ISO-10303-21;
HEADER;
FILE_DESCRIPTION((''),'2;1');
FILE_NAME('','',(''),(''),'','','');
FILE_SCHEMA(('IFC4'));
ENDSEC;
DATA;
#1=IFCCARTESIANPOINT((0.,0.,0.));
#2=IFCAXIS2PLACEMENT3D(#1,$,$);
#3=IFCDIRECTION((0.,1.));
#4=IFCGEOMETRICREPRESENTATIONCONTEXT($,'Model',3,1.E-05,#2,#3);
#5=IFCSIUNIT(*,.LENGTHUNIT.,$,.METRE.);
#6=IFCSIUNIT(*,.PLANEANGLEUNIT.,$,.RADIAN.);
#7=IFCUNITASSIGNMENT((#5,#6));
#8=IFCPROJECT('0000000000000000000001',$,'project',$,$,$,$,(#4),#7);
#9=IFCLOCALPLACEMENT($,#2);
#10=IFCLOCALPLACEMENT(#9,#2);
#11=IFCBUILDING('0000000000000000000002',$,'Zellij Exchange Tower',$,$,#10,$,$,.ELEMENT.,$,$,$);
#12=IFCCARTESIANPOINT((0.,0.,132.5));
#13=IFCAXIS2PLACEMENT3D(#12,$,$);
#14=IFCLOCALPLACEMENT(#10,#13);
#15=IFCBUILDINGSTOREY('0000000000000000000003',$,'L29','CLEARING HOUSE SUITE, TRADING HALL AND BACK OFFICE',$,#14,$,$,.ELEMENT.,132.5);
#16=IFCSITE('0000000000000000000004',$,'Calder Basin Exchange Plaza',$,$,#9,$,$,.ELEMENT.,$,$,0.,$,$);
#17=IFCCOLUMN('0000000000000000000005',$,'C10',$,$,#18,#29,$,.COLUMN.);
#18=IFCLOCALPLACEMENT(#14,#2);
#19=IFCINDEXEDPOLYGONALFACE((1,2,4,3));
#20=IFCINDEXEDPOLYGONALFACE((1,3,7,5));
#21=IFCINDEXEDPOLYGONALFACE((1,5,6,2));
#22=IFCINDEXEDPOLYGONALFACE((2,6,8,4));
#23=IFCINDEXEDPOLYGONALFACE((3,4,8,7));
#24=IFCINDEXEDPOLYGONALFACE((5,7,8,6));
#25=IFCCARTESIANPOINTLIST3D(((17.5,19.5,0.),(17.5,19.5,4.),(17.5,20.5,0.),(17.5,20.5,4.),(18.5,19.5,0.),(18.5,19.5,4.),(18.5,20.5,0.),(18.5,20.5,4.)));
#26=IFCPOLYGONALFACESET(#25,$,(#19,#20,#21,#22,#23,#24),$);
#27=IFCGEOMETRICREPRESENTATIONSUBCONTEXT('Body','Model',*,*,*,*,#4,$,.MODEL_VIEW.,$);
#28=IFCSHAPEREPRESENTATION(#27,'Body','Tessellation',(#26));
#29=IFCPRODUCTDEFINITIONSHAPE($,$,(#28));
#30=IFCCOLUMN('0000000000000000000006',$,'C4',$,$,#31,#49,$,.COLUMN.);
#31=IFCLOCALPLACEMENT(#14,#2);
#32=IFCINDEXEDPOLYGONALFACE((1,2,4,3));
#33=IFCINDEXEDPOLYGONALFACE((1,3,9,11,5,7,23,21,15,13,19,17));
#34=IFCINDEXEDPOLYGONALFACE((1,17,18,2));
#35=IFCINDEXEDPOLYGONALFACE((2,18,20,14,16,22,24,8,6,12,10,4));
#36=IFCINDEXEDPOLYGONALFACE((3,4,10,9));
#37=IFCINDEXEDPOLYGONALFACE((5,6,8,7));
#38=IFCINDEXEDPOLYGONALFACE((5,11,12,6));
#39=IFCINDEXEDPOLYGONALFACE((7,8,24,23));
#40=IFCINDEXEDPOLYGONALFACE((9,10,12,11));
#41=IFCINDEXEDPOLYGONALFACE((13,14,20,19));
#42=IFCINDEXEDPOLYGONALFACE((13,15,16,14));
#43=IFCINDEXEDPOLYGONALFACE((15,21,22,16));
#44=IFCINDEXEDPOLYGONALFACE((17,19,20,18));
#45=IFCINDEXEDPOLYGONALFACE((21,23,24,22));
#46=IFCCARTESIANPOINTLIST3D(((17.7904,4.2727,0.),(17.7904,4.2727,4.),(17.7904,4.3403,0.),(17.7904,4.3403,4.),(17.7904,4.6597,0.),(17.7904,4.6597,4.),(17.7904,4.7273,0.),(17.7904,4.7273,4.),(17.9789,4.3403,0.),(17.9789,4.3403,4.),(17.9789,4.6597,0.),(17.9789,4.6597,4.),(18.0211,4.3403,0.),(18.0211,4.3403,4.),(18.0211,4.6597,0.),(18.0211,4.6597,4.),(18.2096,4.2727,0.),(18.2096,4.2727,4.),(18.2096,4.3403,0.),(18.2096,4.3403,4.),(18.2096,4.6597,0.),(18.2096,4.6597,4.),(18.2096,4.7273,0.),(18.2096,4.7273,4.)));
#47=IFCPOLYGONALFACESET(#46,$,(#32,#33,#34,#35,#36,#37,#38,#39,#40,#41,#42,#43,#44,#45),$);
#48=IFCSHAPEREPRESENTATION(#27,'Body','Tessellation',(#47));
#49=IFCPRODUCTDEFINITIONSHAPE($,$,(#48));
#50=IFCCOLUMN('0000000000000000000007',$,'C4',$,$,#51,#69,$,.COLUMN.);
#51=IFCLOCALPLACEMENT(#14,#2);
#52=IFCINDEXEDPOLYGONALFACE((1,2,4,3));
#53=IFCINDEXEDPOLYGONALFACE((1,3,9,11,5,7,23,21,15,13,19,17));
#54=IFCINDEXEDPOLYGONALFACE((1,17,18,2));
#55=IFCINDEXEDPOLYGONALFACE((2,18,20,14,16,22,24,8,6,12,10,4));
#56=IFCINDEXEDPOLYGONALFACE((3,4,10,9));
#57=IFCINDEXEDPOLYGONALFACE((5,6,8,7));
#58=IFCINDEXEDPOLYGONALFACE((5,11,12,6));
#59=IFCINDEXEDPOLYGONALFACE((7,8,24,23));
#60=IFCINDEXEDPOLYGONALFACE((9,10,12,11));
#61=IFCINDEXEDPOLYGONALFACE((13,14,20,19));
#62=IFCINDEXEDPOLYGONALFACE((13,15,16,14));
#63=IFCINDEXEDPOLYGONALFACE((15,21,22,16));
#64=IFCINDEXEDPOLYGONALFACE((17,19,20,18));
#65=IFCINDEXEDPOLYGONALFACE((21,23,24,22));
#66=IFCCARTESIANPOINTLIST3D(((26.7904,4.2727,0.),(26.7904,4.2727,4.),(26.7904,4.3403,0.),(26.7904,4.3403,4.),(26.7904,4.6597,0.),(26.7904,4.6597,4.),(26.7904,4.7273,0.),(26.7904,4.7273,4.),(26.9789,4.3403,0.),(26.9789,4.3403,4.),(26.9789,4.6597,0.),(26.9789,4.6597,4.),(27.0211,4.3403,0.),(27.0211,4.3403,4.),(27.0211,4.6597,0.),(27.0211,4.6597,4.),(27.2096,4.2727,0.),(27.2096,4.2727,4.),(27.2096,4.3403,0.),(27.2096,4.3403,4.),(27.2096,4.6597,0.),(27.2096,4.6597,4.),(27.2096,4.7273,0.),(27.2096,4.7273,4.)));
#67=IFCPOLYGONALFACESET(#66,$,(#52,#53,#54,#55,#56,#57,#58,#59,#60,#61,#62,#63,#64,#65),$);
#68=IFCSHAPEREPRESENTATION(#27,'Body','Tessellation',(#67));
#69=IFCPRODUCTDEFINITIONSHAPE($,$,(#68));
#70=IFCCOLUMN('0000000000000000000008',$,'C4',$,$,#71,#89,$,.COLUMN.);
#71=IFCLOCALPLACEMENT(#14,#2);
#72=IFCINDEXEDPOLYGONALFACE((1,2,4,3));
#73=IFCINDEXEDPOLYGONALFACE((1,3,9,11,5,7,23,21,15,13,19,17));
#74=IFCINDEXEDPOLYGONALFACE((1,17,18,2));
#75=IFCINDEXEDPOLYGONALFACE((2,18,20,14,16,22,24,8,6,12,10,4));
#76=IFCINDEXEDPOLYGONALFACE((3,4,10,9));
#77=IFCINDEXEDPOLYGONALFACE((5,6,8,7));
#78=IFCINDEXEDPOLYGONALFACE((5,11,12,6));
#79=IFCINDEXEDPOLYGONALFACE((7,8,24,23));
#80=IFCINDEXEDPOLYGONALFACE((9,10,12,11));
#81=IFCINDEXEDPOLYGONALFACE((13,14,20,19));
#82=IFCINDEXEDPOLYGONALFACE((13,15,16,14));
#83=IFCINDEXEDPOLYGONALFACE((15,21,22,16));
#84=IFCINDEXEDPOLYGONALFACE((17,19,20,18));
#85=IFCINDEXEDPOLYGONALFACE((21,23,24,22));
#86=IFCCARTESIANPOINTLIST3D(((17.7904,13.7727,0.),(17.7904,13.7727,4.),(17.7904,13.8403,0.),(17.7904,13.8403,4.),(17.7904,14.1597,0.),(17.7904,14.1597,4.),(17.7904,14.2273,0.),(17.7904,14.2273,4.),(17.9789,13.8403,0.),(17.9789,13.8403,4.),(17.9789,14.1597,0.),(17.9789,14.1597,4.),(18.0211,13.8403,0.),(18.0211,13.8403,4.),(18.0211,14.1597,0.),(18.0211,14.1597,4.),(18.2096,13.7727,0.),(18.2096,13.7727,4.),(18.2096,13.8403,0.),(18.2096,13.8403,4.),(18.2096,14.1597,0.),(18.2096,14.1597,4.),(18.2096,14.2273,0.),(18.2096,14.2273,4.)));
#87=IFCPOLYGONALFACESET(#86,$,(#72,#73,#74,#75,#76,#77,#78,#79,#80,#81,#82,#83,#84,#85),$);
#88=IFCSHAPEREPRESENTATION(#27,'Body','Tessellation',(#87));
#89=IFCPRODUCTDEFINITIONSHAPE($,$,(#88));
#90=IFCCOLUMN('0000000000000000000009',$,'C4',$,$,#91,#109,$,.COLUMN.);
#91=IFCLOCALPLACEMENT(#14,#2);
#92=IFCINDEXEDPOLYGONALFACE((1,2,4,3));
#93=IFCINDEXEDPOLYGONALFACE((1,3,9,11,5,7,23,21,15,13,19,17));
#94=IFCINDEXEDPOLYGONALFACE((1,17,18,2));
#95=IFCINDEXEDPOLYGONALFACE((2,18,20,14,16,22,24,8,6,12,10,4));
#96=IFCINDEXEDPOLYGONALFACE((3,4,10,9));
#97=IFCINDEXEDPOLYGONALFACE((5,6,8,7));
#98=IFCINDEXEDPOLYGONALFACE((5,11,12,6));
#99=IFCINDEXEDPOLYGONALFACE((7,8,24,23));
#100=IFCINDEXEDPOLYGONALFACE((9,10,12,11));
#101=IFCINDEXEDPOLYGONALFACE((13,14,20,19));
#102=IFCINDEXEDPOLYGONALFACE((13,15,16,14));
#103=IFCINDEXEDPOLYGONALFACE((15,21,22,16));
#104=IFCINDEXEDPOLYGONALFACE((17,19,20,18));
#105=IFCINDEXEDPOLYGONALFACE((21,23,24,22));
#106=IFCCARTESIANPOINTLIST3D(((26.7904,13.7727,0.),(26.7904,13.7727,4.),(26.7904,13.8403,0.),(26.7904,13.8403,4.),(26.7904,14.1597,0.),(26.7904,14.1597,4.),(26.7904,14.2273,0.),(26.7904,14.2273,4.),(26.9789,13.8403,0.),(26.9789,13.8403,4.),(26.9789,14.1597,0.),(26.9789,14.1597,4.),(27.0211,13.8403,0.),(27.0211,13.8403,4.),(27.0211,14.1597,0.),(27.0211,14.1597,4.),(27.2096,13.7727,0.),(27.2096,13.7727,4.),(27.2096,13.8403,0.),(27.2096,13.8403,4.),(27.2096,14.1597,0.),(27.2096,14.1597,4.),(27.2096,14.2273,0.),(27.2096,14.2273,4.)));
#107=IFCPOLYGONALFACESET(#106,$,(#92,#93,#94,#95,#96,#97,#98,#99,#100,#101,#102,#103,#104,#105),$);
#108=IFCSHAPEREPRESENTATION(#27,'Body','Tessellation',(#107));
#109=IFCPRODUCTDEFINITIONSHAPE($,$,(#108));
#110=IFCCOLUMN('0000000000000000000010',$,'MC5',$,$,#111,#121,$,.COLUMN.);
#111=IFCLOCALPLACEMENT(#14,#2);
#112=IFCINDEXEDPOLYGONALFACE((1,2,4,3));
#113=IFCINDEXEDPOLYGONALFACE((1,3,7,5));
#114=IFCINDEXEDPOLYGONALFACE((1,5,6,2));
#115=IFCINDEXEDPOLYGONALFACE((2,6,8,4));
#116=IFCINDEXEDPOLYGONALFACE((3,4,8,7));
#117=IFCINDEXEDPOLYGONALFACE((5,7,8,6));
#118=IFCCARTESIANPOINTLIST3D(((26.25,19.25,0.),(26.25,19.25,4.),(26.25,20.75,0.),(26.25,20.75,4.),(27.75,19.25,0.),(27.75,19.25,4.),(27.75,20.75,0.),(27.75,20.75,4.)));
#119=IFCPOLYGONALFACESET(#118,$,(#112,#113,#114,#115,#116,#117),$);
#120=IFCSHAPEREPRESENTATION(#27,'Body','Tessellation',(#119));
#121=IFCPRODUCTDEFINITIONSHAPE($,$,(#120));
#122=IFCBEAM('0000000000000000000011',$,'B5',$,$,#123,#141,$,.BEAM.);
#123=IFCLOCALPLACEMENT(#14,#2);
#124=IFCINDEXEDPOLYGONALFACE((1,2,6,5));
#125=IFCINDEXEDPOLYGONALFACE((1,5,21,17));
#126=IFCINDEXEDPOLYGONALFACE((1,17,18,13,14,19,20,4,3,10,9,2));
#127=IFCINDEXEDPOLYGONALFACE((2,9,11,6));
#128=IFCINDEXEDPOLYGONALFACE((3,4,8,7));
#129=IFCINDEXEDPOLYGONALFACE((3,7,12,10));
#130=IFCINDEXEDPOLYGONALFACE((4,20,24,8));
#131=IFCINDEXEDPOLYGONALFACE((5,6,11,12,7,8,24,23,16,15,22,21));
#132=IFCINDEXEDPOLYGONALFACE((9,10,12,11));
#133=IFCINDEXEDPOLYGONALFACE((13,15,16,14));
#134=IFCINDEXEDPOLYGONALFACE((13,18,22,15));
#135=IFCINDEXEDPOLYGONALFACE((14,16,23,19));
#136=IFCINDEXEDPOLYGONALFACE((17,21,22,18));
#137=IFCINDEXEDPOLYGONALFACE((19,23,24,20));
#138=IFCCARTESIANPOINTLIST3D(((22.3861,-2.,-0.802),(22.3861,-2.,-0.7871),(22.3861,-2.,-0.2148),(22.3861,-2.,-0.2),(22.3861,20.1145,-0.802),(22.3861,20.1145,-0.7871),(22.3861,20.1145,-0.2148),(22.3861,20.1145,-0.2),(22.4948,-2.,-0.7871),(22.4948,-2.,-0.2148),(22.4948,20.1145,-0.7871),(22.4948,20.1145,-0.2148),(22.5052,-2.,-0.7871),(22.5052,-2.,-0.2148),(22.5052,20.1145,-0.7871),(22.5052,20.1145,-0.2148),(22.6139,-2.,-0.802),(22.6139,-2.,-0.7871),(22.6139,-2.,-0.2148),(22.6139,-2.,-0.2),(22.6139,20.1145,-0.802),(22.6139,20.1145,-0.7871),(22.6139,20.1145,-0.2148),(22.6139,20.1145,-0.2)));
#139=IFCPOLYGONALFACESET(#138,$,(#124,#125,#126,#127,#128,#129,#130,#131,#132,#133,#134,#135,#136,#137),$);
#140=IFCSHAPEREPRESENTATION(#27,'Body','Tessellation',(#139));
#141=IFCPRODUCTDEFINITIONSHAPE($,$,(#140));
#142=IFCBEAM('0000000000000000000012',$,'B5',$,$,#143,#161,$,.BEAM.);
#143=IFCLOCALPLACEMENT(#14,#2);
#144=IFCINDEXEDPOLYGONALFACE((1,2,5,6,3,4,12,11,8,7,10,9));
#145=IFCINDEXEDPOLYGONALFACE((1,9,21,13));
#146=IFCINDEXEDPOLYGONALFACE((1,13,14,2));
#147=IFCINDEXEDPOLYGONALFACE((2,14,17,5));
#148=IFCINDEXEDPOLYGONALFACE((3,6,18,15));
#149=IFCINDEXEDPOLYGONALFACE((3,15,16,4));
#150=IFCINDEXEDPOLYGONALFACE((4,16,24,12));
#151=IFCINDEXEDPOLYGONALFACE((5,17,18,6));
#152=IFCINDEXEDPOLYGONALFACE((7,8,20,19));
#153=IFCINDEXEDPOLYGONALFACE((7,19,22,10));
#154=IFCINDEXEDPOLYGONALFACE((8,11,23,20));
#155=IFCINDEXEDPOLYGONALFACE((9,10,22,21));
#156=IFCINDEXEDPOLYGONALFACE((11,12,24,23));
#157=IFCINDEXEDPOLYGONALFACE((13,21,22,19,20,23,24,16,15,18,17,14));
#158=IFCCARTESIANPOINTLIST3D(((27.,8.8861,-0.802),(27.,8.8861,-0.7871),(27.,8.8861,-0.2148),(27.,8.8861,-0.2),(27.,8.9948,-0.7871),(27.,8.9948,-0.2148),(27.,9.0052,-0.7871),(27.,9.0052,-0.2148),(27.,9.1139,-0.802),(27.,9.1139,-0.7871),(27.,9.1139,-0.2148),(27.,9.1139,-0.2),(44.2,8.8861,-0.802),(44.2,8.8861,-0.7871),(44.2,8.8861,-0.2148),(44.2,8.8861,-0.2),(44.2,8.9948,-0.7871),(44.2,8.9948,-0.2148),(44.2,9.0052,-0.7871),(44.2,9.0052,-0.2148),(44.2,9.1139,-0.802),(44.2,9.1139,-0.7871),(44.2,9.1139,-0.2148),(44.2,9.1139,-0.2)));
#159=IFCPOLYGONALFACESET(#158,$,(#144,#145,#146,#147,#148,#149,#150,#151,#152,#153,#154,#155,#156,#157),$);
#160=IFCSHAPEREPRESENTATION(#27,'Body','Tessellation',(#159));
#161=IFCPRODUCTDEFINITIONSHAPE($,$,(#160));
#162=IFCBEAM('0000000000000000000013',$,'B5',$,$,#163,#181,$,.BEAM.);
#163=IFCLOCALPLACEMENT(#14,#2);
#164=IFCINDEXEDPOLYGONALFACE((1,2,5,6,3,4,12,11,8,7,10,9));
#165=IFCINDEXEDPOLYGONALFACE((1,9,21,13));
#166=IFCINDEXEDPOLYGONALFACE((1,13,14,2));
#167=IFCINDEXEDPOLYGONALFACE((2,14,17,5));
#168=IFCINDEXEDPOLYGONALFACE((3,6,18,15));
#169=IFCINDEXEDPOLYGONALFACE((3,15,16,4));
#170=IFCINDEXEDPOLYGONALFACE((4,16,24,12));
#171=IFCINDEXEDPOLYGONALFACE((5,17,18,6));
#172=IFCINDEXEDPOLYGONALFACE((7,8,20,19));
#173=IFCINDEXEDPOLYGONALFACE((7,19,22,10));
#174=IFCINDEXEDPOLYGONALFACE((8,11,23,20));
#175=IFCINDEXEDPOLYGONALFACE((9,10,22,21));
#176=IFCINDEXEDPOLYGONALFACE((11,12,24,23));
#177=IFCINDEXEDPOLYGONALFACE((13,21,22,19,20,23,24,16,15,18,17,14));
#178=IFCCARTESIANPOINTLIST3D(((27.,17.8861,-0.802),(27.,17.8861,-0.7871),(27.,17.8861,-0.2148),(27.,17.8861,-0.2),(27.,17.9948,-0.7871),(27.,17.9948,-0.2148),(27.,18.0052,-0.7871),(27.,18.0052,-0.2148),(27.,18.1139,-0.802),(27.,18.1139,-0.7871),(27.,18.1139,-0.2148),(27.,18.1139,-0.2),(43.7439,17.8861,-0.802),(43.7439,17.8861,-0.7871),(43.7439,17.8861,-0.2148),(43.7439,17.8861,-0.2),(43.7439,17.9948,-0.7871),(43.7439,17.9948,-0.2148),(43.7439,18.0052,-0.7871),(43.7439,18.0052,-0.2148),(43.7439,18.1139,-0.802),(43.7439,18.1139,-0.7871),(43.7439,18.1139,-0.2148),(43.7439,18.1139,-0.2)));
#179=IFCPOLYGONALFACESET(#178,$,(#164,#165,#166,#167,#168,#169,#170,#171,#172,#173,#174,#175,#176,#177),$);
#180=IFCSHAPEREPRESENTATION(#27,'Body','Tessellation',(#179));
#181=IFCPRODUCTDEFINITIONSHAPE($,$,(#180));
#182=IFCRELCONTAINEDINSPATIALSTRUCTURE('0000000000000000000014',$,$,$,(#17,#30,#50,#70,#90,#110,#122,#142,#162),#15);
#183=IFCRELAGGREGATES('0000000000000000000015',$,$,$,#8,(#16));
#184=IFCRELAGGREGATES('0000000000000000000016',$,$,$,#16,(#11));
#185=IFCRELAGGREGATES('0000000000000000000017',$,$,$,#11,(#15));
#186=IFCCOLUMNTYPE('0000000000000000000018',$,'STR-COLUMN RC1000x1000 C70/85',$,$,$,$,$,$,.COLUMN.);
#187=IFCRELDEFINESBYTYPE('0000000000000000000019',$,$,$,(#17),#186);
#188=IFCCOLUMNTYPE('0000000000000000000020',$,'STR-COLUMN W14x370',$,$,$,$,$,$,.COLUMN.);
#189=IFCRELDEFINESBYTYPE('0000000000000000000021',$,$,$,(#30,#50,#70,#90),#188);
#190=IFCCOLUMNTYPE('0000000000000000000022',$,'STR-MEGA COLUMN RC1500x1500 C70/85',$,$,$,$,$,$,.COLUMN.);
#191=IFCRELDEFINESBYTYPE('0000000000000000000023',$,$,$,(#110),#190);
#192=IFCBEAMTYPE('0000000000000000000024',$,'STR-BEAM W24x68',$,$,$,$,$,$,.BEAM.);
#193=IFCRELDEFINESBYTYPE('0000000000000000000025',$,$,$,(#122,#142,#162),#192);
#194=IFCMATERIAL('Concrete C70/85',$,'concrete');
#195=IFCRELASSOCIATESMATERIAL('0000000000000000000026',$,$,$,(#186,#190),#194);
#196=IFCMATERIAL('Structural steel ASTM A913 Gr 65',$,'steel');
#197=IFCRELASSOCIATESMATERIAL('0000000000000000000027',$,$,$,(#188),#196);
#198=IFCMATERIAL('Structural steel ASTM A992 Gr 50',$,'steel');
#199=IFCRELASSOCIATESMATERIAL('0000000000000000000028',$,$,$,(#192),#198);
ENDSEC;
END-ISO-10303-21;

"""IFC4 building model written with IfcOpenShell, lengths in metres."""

from ifc_helpers import new_model, si_unit, direction, frame, origin, origin_2d, place, context, subcontext, project, spatial, rectangle, i_section, extrude, material, material_profile, profile_set, type_object, element, save


model = new_model("IFC4")

# Units and contexts
model_context = context("Model", 3, precision=1e-05, world=origin(), true_north=direction((0.0, 1.0)))
body_context = subcontext(model_context, "Body", "Model", "MODEL_VIEW")
ifc_project = project(units=[si_unit("LENGTHUNIT", "METRE"), si_unit("PLANEANGLEUNIT", "RADIAN")], contexts=[model_context])

# Site, building, storey
site_placement = place(None, origin())
site = spatial("IfcSite", under=ifc_project, at=site_placement, Name="Calder Basin Exchange Plaza", CompositionType="ELEMENT", RefElevation=0.0)
building_placement = place(site_placement, origin())
building = spatial("IfcBuilding", under=site, at=building_placement, Name="Zellij Exchange Tower", CompositionType="ELEMENT")
storey_placement = place(building_placement, frame((0.0, 0.0, 132.5)))
storey = spatial("IfcBuildingStorey", under=building, at=storey_placement, Name="L29", Description="CLEARING HOUSE SUITE, TRADING HALL AND BACK OFFICE", CompositionType="ELEMENT", Elevation=132.5)

# Columns
ifc_material_1 = material(Name="Concrete C70/85", Category="concrete")
ifc_material_profile_1 = material_profile(ifc_material_1, rectangle(XDim=1.0, YDim=1.0, at=origin_2d()), Name="STR-COLUMN RC1000x1000 C70/85")
ifc_profile_set_1 = profile_set([ifc_material_profile_1], Name="Concrete C70/85")
column_type_1 = type_object("IfcColumnType", Name="STR-COLUMN RC1000x1000 C70/85", PredefinedType="COLUMN", material=ifc_profile_set_1)
column_1_placement = place(storey_placement, frame((18.0, 20.0, 0.0), z_axis=(0.0, 0.0, 1.0), x_axis=(1.0, 0.0, 0.0)))
element("IfcColumn", 1, at=column_1_placement, inside=storey, type_object=column_type_1, Name="C10", PredefinedType="COLUMN", context=body_context, shape_type="SweptSolid", body=[
    extrude(rectangle(XDim=1.0, YDim=1.0, at=origin_2d()), origin(), (0.0, 0.0, 1.0), 4.0),
])
ifc_material_2 = material(Name="Structural steel ASTM A913 Gr 65", Category="steel")
ifc_material_profile_2 = material_profile(ifc_material_2, i_section(OverallWidth=0.4192, OverallDepth=0.4546, WebThickness=0.0422, FlangeThickness=0.0676, at=origin_2d()), Name="W14x370")
ifc_profile_set_2 = profile_set([ifc_material_profile_2], Name="Structural steel ASTM A913 Gr 65")
column_type_2 = type_object("IfcColumnType", Name="STR-COLUMN W14x370", PredefinedType="COLUMN", material=ifc_profile_set_2)
for number, where, z_axis, x_axis, name in (
    (2, (18.0, 4.5, 0.0), (0.0, 0.0, 1.0), (1.0, 0.0, 0.0), "C4"),
    (3, (27.0, 4.5, 0.0), (0.0, 0.0, 1.0), (1.0, 0.0, 0.0), "C4"),
    (4, (18.0, 14.0, 0.0), (0.0, 0.0, 1.0), (1.0, 0.0, 0.0), "C4"),
    (5, (27.0, 14.0, 0.0), (0.0, 0.0, 1.0), (1.0, 0.0, 0.0), "C4"),
):
    element("IfcColumn", number, at=place(storey_placement, frame(where, z_axis=z_axis, x_axis=x_axis)), inside=storey, type_object=column_type_2, Name=name, PredefinedType="COLUMN", context=body_context, shape_type="SweptSolid", body=[
        extrude(i_section(OverallWidth=0.4192, OverallDepth=0.4546, WebThickness=0.0422, FlangeThickness=0.0676, at=origin_2d()), origin(), (0.0, 0.0, 1.0), 4.0),
    ])
ifc_material_profile_3 = material_profile(ifc_material_1, rectangle(XDim=1.5, YDim=1.5, at=origin_2d()), Name="STR-MEGA COLUMN RC1500x1500 C70/85")
ifc_profile_set_3 = profile_set([ifc_material_profile_3], Name="Concrete C70/85")
column_type_3 = type_object("IfcColumnType", Name="STR-MEGA COLUMN RC1500x1500 C70/85", PredefinedType="COLUMN", material=ifc_profile_set_3)
column_2_placement = place(storey_placement, frame((27.0, 20.0, 0.0), z_axis=(0.0, 0.0, 1.0), x_axis=(1.0, 0.0, 0.0)))
element("IfcColumn", 6, at=column_2_placement, inside=storey, type_object=column_type_3, Name="MC5", PredefinedType="COLUMN", context=body_context, shape_type="SweptSolid", body=[
    extrude(rectangle(XDim=1.5, YDim=1.5, at=origin_2d()), origin(), (0.0, 0.0, 1.0), 4.0),
])

# Beams
ifc_material_3 = material(Name="Structural steel ASTM A992 Gr 50", Category="steel")
ifc_material_profile_4 = material_profile(ifc_material_3, i_section(OverallWidth=0.2278, OverallDepth=0.6021, WebThickness=0.0105, FlangeThickness=0.0149, at=origin_2d()), Name="W24x68")
ifc_profile_set_4 = profile_set([ifc_material_profile_4], Name="Structural steel ASTM A992 Gr 50")
beam_type_1 = type_object("IfcBeamType", Name="STR-BEAM W24x68", PredefinedType="BEAM", material=ifc_profile_set_4)
beam_1_placement = place(storey_placement, frame((22.5, -2.0, -0.501), z_axis=(0.0, 1.0, 0.0), x_axis=(-1.0, 0.0, 0.0)))
element("IfcBeam", 7, at=beam_1_placement, inside=storey, type_object=beam_type_1, Name="B5", PredefinedType="BEAM", context=body_context, shape_type="SweptSolid", body=[
    extrude(i_section(OverallWidth=0.2278, OverallDepth=0.6021, WebThickness=0.0105, FlangeThickness=0.0149, at=origin_2d()), origin(), (0.0, 0.0, 1.0), 22.1145),
])
beam_2_placement = place(storey_placement, frame((27.0, 9.0, -0.501), z_axis=(1.0, 0.0, 0.0), x_axis=(0.0, 1.0, 0.0)))
element("IfcBeam", 8, at=beam_2_placement, inside=storey, type_object=beam_type_1, Name="B5", PredefinedType="BEAM", context=body_context, shape_type="SweptSolid", body=[
    extrude(i_section(OverallWidth=0.2278, OverallDepth=0.6021, WebThickness=0.0105, FlangeThickness=0.0149, at=origin_2d()), origin(), (0.0, 0.0, 1.0), 17.2),
])
beam_3_placement = place(storey_placement, frame((27.0, 18.0, -0.501), z_axis=(1.0, 0.0, 0.0), x_axis=(0.0, 1.0, 0.0)))
element("IfcBeam", 9, at=beam_3_placement, inside=storey, type_object=beam_type_1, Name="B5", PredefinedType="BEAM", context=body_context, shape_type="SweptSolid", body=[
    extrude(i_section(OverallWidth=0.2278, OverallDepth=0.6021, WebThickness=0.0105, FlangeThickness=0.0149, at=origin_2d()), origin(), (0.0, 0.0, 1.0), 16.7439),
])

save(model, "model.ifc")
